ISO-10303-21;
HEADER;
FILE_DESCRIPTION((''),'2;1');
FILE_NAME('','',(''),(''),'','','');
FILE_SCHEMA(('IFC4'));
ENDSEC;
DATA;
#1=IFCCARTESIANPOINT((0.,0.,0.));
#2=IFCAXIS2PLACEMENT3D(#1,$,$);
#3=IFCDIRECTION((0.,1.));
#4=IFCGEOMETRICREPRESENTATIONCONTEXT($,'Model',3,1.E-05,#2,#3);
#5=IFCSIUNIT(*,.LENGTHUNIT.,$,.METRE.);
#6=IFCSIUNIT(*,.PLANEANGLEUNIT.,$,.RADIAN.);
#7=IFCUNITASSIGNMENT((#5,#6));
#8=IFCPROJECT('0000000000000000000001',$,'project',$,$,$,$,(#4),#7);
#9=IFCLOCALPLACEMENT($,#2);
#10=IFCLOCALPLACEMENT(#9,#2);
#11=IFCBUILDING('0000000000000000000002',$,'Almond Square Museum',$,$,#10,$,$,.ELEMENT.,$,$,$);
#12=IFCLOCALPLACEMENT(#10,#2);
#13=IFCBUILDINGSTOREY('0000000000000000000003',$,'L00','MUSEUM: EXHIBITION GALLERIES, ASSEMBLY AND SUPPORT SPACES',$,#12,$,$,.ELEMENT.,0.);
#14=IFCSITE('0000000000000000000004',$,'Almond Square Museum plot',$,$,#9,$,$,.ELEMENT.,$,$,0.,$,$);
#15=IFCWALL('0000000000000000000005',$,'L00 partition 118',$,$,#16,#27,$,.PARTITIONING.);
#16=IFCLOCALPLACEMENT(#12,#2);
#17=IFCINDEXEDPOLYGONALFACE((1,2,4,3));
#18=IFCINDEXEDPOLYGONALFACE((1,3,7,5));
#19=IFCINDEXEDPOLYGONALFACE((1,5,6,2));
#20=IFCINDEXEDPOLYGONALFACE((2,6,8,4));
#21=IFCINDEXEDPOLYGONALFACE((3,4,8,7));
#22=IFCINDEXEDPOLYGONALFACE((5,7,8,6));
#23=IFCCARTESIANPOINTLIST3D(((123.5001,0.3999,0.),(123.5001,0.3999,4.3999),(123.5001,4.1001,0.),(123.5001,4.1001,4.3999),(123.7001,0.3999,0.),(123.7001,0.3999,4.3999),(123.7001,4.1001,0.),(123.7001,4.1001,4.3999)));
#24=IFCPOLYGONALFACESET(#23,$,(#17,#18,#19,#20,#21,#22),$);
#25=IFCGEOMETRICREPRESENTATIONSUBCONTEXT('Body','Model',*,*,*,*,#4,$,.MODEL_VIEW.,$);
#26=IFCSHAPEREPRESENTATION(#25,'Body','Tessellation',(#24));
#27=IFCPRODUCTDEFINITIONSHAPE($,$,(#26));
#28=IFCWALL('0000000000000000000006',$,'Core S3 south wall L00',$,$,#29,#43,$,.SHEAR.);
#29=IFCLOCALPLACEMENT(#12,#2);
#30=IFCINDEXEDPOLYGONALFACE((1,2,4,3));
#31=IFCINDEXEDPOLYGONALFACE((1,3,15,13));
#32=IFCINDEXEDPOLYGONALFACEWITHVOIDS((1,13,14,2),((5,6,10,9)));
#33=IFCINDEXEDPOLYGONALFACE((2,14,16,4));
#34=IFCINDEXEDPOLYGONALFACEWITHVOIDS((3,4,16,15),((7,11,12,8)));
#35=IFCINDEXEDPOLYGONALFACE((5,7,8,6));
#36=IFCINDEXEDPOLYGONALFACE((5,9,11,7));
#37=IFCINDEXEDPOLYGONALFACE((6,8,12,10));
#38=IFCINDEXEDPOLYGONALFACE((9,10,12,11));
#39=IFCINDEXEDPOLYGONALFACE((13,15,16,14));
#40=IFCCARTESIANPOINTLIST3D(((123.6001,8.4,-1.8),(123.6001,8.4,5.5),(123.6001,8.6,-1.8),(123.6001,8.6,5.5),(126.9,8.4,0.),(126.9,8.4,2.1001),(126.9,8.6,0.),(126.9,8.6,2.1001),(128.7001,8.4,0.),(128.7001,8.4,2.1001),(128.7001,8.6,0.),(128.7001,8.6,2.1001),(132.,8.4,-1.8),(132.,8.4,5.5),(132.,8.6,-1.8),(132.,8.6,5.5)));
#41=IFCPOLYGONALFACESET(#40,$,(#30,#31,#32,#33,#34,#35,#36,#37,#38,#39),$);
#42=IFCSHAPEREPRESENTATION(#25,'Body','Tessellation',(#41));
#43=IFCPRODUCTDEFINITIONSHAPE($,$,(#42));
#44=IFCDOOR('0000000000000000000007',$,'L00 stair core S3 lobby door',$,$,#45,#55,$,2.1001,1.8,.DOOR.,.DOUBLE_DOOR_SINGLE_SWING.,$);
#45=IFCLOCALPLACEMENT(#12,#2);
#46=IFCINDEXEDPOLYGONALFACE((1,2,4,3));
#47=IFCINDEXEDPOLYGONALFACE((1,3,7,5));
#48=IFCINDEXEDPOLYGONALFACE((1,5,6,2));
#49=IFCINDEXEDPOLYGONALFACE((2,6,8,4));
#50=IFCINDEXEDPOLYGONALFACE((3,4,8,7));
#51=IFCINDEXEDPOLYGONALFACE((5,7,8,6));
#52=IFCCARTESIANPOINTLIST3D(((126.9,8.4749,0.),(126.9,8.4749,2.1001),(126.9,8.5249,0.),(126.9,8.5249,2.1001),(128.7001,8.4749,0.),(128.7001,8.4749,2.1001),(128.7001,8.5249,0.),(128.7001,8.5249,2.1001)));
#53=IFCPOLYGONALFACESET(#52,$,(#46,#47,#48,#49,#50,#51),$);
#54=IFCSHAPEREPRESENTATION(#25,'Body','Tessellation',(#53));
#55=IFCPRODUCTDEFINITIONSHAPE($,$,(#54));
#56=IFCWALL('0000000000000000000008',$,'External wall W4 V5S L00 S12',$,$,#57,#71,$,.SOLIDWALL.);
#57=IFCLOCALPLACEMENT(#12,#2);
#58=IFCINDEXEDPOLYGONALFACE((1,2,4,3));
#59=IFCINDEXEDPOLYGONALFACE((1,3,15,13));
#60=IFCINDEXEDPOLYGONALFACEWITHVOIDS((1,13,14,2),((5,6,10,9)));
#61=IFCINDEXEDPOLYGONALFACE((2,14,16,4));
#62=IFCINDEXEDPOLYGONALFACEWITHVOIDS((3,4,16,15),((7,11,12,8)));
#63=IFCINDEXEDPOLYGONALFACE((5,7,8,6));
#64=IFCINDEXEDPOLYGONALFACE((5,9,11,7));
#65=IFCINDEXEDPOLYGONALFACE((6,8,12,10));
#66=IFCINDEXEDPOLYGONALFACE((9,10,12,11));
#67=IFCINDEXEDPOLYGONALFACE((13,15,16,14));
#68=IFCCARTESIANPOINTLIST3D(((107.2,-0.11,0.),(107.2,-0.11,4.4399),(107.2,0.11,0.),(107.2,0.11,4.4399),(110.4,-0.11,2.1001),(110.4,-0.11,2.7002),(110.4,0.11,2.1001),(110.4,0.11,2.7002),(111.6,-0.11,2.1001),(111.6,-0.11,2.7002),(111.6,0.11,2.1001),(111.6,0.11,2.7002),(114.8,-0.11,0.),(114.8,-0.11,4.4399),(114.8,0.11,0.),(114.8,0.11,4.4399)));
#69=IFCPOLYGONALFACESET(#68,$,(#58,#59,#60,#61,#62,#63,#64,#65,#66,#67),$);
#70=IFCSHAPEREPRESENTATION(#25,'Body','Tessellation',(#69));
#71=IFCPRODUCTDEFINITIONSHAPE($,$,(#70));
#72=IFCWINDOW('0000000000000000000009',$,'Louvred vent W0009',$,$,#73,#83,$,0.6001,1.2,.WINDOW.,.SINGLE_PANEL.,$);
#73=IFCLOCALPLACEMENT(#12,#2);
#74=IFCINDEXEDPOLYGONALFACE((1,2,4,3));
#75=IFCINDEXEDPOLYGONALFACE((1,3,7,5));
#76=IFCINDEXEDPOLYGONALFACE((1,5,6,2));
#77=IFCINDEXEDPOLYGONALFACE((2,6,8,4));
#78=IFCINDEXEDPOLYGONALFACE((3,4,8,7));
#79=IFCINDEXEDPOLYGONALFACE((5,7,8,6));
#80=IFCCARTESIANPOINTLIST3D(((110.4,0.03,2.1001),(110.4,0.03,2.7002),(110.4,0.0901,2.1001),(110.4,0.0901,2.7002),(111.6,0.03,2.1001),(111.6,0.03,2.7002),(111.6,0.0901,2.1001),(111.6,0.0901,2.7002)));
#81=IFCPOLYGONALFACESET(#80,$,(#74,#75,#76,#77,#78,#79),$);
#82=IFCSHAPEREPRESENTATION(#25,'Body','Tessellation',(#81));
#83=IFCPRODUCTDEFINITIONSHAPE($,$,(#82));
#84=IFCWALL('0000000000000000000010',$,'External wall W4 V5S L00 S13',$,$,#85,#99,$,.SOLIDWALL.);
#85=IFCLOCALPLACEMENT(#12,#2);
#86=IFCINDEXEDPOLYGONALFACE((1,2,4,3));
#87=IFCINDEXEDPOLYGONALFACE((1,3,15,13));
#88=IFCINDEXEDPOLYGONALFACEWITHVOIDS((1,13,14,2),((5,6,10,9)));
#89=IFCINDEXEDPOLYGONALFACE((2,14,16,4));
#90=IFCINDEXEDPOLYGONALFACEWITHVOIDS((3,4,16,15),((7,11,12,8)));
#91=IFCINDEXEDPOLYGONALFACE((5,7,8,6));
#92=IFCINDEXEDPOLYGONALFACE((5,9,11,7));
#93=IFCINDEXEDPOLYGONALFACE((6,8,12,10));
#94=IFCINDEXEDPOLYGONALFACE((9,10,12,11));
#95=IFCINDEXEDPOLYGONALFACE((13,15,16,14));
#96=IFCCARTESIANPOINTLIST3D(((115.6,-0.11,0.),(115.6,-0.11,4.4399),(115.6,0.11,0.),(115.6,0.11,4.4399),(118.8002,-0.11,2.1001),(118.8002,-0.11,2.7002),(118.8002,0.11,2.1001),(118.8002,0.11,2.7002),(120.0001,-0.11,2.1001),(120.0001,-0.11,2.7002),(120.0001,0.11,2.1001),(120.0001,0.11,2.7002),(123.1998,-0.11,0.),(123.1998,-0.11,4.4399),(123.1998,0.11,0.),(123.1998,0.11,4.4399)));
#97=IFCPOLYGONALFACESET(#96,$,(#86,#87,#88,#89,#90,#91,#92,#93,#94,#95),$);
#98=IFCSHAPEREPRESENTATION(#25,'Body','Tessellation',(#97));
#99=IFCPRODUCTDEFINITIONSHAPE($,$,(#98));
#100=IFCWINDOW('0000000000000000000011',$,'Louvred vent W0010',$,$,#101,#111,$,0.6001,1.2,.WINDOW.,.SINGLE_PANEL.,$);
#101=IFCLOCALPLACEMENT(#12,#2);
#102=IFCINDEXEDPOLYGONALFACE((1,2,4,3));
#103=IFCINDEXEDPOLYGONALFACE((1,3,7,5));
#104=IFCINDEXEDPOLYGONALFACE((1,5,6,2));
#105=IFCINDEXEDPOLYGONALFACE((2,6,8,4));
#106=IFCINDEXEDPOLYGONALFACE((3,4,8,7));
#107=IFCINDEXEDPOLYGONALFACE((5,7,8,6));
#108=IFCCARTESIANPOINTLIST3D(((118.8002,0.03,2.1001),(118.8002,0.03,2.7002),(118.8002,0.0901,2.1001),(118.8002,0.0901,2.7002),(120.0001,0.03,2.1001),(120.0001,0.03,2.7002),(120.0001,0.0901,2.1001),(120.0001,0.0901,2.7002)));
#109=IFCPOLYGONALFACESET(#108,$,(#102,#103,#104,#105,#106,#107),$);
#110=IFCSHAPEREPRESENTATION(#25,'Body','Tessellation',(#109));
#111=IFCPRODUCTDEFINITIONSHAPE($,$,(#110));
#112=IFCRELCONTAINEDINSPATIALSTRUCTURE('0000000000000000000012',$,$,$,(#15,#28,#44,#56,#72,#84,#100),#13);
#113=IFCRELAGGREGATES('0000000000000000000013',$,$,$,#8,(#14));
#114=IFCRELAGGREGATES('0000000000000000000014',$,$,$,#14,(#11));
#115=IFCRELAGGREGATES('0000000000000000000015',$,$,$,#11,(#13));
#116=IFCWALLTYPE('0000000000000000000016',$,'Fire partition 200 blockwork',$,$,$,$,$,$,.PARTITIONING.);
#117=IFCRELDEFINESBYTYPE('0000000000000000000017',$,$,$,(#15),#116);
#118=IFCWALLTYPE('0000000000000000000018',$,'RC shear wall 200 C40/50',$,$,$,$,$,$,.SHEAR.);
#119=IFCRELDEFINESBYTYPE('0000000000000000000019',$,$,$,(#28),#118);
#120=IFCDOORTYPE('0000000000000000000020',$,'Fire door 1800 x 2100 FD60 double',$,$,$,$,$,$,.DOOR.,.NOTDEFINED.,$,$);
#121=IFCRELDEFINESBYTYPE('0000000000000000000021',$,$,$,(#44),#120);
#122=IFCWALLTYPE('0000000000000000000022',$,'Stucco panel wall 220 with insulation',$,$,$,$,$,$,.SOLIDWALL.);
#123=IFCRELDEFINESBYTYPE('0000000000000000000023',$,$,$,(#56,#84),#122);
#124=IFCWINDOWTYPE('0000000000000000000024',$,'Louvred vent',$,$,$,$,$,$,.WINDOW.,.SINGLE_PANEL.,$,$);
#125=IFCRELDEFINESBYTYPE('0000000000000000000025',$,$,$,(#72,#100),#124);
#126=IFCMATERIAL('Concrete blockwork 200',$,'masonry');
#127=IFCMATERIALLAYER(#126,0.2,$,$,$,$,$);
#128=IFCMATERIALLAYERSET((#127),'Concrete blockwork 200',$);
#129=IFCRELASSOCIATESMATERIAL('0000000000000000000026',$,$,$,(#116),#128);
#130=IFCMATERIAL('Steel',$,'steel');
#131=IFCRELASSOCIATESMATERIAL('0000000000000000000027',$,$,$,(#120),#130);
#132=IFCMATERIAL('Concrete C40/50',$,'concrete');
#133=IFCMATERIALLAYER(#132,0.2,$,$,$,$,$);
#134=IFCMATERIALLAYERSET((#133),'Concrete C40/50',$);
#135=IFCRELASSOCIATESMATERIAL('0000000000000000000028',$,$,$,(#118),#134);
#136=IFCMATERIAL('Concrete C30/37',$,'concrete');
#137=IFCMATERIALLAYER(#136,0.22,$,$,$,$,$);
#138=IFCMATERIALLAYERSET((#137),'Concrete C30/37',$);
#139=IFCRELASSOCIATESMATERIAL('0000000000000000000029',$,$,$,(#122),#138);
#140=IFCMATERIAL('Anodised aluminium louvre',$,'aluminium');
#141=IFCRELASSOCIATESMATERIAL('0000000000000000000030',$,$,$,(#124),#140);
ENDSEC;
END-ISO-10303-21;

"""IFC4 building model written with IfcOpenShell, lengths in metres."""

from ifc_helpers import new_model, si_unit, direction, frame, frame_2d, origin, place, context, subcontext, project, spatial, rectangle, extrude, material, layer, layer_set, type_object, element, fill, save


model = new_model("IFC4")

# Units and contexts
model_context = context("Model", 3, precision=1e-05, world=origin(), true_north=direction((0.0, 1.0)))
body_context = subcontext(model_context, "Body", "Model", "MODEL_VIEW")
ifc_project = project(units=[si_unit("LENGTHUNIT", "METRE"), si_unit("PLANEANGLEUNIT", "RADIAN")], contexts=[model_context])

# Site, building, storey
site_placement = place(None, origin())
site = spatial("IfcSite", under=ifc_project, at=site_placement, Name="Almond Square Museum plot", CompositionType="ELEMENT", RefElevation=0.0)
building_placement = place(site_placement, origin())
building = spatial("IfcBuilding", under=site, at=building_placement, Name="Almond Square Museum", CompositionType="ELEMENT")
storey_placement = place(building_placement, origin())
storey = spatial("IfcBuildingStorey", under=building, at=storey_placement, Name="L00", Description="MUSEUM: EXHIBITION GALLERIES, ASSEMBLY AND SUPPORT SPACES", CompositionType="ELEMENT", Elevation=0.0)

# Shared definitions
ifc_material_1 = material(Name="Concrete blockwork 200", Category="masonry")
ifc_layer_1 = layer(ifc_material_1, 0.2)
ifc_layer_set_1 = layer_set([ifc_layer_1], Name="Concrete blockwork 200")
wall_type_1 = type_object("IfcWallType", Name="Fire partition 200 blockwork", PredefinedType="PARTITIONING", material=ifc_layer_set_1)

# Shared definitions
ifc_material_2 = material(Name="Steel", Category="steel")
door_type_1 = type_object("IfcDoorType", Name="Fire door 1800 x 2100 FD60 double", OperationType="NOTDEFINED", PredefinedType="DOOR", material=ifc_material_2)

# Wall
wall_1_placement = place(storey_placement, frame((123.6001, 0.3999, 0.0), z_axis=(0.0, 0.0, 1.0), x_axis=(0.0, 1.0, 0.0)))
element("IfcWall", 1, at=wall_1_placement, inside=storey, type_object=wall_type_1, Name="L00 partition 118", PredefinedType="PARTITIONING", context=body_context, shape_type="SweptSolid", body=[
    extrude(rectangle(XDim=3.7002, YDim=0.2, at=frame_2d((1.8501, 0.0))), origin(), (0.0, 0.0, 1.0), 4.3999),
])

# Wall, opening, door
ifc_material_3 = material(Name="Concrete C40/50", Category="concrete")
ifc_layer_2 = layer(ifc_material_3, 0.2)
ifc_layer_set_2 = layer_set([ifc_layer_2], Name="Concrete C40/50")
wall_type_2 = type_object("IfcWallType", Name="RC shear wall 200 C40/50", PredefinedType="SHEAR", material=ifc_layer_set_2)
wall_2_placement = place(storey_placement, frame((123.6001, 8.5, -1.8), z_axis=(0.0, 0.0, 1.0), x_axis=(1.0, 0.0, 0.0)))
wall_2 = element("IfcWall", 2, at=wall_2_placement, inside=storey, type_object=wall_type_2, Name="Core S3 south wall L00", PredefinedType="SHEAR", context=body_context, shape_type="SweptSolid", body=[
    extrude(rectangle(XDim=8.3999, YDim=0.2, at=frame_2d((4.2, 0.0))), origin(), (0.0, 0.0, 1.0), 7.3),
])
opening_1_placement = place(wall_2_placement, frame((3.3, 0.0, 1.8)))
opening_1 = element("IfcOpeningElement", 3, at=opening_1_placement, cuts=wall_2, PredefinedType="OPENING", context=body_context, shape_type="SweptSolid", body=[
    extrude(rectangle(XDim=1.8, YDim=2.1001, at=frame_2d((0.8999, 1.05))), frame((0.0, 0.1099, 0.0), z_axis=(0.0, -1.0, 0.0), x_axis=(1.0, 0.0, 0.0)), (0.0, 0.0, 1.0), 0.22),
])
door_1_placement = place(opening_1_placement, origin())
door_1 = element("IfcDoor", 4, at=door_1_placement, inside=storey, type_object=door_type_1, Name="L00 stair core S3 lobby door", OperationType="DOUBLE_DOOR_SINGLE_SWING", OverallHeight=2.1001, OverallWidth=1.8, PredefinedType="DOOR", context=body_context, shape_type="SweptSolid", body=[
    extrude(rectangle(XDim=1.8, YDim=2.1001, at=frame_2d((0.8999, 1.05))), frame((0.0, 0.0249, 0.0), z_axis=(0.0, -1.0, 0.0), x_axis=(1.0, 0.0, 0.0)), (0.0, 0.0, 1.0), 0.05),
])
fill(opening_1, door_1)

# Walls, openings, windows
ifc_material_4 = material(Name="Concrete C30/37", Category="concrete")
ifc_layer_3 = layer(ifc_material_4, 0.22)
ifc_layer_set_3 = layer_set([ifc_layer_3], Name="Concrete C30/37")
wall_type_3 = type_object("IfcWallType", Name="Stucco panel wall 220 with insulation", PredefinedType="SOLIDWALL", material=ifc_layer_set_3)
wall_3_placement = place(storey_placement, frame((107.2, 0.0, 0.0), z_axis=(0.0, 0.0, 1.0), x_axis=(1.0, 0.0, 0.0)))
wall_3 = element("IfcWall", 5, at=wall_3_placement, inside=storey, type_object=wall_type_3, Name="External wall W4 V5S L00 S12", PredefinedType="SOLIDWALL", context=body_context, shape_type="SweptSolid", body=[
    extrude(rectangle(XDim=7.6001, YDim=0.22, at=frame_2d((3.8, 0.0))), origin(), (0.0, 0.0, 1.0), 4.4399),
])
opening_2_placement = place(wall_3_placement, frame((3.2, 0.0, 2.1001)))
opening_2 = element("IfcOpeningElement", 6, at=opening_2_placement, cuts=wall_3, PredefinedType="OPENING", context=body_context, shape_type="SweptSolid", body=[
    extrude(rectangle(XDim=1.2, YDim=0.6001, at=frame_2d((0.6001, 0.3))), frame((0.0, 0.1199, 0.0), z_axis=(0.0, -1.0, 0.0), x_axis=(1.0, 0.0, 0.0)), (0.0, 0.0, 1.0), 0.24),
])
ifc_material_5 = material(Name="Anodised aluminium louvre", Category="aluminium")
window_type = type_object("IfcWindowType", Name="Louvred vent", PartitioningType="SINGLE_PANEL", PredefinedType="WINDOW", material=ifc_material_5)
window_1_placement = place(opening_2_placement, origin())
window_1 = element("IfcWindow", 7, at=window_1_placement, inside=storey, type_object=window_type, Name="Louvred vent W0009", OverallHeight=0.6001, OverallWidth=1.2, PartitioningType="SINGLE_PANEL", PredefinedType="WINDOW", context=body_context, shape_type="SweptSolid", body=[
    extrude(rectangle(XDim=1.2, YDim=0.6001, at=frame_2d((0.6001, 0.3))), frame((0.0, 0.0901, 0.0), z_axis=(0.0, -1.0, 0.0), x_axis=(1.0, 0.0, 0.0)), (0.0, 0.0, 1.0), 0.0601),
])
fill(opening_2, window_1)
wall_4_placement = place(storey_placement, frame((115.6001, 0.0, 0.0), z_axis=(0.0, 0.0, 1.0), x_axis=(1.0, 0.0, 0.0)))
wall_4 = element("IfcWall", 8, at=wall_4_placement, inside=storey, type_object=wall_type_3, Name="External wall W4 V5S L00 S13", PredefinedType="SOLIDWALL", context=body_context, shape_type="SweptSolid", body=[
    extrude(rectangle(XDim=7.5999, YDim=0.22, at=frame_2d((3.7998, 0.0))), origin(), (0.0, 0.0, 1.0), 4.4399),
])
opening_3_placement = place(wall_4_placement, frame((3.2, 0.0, 2.1001)))
opening_3 = element("IfcOpeningElement", 9, at=opening_3_placement, cuts=wall_4, PredefinedType="OPENING", context=body_context, shape_type="SweptSolid", body=[
    extrude(rectangle(XDim=1.2, YDim=0.6001, at=frame_2d((0.6001, 0.3))), frame((0.0, 0.1199, 0.0), z_axis=(0.0, -1.0, 0.0), x_axis=(1.0, 0.0, 0.0)), (0.0, 0.0, 1.0), 0.24),
])
window_2_placement = place(opening_3_placement, origin())
window_2 = element("IfcWindow", 10, at=window_2_placement, inside=storey, type_object=window_type, Name="Louvred vent W0010", OverallHeight=0.6001, OverallWidth=1.2, PartitioningType="SINGLE_PANEL", PredefinedType="WINDOW", context=body_context, shape_type="SweptSolid", body=[
    extrude(rectangle(XDim=1.2, YDim=0.6001, at=frame_2d((0.6001, 0.3))), frame((0.0, 0.0901, 0.0), z_axis=(0.0, -1.0, 0.0), x_axis=(1.0, 0.0, 0.0)), (0.0, 0.0, 1.0), 0.0601),
])
fill(opening_3, window_2)

save(model, "model.ifc")
